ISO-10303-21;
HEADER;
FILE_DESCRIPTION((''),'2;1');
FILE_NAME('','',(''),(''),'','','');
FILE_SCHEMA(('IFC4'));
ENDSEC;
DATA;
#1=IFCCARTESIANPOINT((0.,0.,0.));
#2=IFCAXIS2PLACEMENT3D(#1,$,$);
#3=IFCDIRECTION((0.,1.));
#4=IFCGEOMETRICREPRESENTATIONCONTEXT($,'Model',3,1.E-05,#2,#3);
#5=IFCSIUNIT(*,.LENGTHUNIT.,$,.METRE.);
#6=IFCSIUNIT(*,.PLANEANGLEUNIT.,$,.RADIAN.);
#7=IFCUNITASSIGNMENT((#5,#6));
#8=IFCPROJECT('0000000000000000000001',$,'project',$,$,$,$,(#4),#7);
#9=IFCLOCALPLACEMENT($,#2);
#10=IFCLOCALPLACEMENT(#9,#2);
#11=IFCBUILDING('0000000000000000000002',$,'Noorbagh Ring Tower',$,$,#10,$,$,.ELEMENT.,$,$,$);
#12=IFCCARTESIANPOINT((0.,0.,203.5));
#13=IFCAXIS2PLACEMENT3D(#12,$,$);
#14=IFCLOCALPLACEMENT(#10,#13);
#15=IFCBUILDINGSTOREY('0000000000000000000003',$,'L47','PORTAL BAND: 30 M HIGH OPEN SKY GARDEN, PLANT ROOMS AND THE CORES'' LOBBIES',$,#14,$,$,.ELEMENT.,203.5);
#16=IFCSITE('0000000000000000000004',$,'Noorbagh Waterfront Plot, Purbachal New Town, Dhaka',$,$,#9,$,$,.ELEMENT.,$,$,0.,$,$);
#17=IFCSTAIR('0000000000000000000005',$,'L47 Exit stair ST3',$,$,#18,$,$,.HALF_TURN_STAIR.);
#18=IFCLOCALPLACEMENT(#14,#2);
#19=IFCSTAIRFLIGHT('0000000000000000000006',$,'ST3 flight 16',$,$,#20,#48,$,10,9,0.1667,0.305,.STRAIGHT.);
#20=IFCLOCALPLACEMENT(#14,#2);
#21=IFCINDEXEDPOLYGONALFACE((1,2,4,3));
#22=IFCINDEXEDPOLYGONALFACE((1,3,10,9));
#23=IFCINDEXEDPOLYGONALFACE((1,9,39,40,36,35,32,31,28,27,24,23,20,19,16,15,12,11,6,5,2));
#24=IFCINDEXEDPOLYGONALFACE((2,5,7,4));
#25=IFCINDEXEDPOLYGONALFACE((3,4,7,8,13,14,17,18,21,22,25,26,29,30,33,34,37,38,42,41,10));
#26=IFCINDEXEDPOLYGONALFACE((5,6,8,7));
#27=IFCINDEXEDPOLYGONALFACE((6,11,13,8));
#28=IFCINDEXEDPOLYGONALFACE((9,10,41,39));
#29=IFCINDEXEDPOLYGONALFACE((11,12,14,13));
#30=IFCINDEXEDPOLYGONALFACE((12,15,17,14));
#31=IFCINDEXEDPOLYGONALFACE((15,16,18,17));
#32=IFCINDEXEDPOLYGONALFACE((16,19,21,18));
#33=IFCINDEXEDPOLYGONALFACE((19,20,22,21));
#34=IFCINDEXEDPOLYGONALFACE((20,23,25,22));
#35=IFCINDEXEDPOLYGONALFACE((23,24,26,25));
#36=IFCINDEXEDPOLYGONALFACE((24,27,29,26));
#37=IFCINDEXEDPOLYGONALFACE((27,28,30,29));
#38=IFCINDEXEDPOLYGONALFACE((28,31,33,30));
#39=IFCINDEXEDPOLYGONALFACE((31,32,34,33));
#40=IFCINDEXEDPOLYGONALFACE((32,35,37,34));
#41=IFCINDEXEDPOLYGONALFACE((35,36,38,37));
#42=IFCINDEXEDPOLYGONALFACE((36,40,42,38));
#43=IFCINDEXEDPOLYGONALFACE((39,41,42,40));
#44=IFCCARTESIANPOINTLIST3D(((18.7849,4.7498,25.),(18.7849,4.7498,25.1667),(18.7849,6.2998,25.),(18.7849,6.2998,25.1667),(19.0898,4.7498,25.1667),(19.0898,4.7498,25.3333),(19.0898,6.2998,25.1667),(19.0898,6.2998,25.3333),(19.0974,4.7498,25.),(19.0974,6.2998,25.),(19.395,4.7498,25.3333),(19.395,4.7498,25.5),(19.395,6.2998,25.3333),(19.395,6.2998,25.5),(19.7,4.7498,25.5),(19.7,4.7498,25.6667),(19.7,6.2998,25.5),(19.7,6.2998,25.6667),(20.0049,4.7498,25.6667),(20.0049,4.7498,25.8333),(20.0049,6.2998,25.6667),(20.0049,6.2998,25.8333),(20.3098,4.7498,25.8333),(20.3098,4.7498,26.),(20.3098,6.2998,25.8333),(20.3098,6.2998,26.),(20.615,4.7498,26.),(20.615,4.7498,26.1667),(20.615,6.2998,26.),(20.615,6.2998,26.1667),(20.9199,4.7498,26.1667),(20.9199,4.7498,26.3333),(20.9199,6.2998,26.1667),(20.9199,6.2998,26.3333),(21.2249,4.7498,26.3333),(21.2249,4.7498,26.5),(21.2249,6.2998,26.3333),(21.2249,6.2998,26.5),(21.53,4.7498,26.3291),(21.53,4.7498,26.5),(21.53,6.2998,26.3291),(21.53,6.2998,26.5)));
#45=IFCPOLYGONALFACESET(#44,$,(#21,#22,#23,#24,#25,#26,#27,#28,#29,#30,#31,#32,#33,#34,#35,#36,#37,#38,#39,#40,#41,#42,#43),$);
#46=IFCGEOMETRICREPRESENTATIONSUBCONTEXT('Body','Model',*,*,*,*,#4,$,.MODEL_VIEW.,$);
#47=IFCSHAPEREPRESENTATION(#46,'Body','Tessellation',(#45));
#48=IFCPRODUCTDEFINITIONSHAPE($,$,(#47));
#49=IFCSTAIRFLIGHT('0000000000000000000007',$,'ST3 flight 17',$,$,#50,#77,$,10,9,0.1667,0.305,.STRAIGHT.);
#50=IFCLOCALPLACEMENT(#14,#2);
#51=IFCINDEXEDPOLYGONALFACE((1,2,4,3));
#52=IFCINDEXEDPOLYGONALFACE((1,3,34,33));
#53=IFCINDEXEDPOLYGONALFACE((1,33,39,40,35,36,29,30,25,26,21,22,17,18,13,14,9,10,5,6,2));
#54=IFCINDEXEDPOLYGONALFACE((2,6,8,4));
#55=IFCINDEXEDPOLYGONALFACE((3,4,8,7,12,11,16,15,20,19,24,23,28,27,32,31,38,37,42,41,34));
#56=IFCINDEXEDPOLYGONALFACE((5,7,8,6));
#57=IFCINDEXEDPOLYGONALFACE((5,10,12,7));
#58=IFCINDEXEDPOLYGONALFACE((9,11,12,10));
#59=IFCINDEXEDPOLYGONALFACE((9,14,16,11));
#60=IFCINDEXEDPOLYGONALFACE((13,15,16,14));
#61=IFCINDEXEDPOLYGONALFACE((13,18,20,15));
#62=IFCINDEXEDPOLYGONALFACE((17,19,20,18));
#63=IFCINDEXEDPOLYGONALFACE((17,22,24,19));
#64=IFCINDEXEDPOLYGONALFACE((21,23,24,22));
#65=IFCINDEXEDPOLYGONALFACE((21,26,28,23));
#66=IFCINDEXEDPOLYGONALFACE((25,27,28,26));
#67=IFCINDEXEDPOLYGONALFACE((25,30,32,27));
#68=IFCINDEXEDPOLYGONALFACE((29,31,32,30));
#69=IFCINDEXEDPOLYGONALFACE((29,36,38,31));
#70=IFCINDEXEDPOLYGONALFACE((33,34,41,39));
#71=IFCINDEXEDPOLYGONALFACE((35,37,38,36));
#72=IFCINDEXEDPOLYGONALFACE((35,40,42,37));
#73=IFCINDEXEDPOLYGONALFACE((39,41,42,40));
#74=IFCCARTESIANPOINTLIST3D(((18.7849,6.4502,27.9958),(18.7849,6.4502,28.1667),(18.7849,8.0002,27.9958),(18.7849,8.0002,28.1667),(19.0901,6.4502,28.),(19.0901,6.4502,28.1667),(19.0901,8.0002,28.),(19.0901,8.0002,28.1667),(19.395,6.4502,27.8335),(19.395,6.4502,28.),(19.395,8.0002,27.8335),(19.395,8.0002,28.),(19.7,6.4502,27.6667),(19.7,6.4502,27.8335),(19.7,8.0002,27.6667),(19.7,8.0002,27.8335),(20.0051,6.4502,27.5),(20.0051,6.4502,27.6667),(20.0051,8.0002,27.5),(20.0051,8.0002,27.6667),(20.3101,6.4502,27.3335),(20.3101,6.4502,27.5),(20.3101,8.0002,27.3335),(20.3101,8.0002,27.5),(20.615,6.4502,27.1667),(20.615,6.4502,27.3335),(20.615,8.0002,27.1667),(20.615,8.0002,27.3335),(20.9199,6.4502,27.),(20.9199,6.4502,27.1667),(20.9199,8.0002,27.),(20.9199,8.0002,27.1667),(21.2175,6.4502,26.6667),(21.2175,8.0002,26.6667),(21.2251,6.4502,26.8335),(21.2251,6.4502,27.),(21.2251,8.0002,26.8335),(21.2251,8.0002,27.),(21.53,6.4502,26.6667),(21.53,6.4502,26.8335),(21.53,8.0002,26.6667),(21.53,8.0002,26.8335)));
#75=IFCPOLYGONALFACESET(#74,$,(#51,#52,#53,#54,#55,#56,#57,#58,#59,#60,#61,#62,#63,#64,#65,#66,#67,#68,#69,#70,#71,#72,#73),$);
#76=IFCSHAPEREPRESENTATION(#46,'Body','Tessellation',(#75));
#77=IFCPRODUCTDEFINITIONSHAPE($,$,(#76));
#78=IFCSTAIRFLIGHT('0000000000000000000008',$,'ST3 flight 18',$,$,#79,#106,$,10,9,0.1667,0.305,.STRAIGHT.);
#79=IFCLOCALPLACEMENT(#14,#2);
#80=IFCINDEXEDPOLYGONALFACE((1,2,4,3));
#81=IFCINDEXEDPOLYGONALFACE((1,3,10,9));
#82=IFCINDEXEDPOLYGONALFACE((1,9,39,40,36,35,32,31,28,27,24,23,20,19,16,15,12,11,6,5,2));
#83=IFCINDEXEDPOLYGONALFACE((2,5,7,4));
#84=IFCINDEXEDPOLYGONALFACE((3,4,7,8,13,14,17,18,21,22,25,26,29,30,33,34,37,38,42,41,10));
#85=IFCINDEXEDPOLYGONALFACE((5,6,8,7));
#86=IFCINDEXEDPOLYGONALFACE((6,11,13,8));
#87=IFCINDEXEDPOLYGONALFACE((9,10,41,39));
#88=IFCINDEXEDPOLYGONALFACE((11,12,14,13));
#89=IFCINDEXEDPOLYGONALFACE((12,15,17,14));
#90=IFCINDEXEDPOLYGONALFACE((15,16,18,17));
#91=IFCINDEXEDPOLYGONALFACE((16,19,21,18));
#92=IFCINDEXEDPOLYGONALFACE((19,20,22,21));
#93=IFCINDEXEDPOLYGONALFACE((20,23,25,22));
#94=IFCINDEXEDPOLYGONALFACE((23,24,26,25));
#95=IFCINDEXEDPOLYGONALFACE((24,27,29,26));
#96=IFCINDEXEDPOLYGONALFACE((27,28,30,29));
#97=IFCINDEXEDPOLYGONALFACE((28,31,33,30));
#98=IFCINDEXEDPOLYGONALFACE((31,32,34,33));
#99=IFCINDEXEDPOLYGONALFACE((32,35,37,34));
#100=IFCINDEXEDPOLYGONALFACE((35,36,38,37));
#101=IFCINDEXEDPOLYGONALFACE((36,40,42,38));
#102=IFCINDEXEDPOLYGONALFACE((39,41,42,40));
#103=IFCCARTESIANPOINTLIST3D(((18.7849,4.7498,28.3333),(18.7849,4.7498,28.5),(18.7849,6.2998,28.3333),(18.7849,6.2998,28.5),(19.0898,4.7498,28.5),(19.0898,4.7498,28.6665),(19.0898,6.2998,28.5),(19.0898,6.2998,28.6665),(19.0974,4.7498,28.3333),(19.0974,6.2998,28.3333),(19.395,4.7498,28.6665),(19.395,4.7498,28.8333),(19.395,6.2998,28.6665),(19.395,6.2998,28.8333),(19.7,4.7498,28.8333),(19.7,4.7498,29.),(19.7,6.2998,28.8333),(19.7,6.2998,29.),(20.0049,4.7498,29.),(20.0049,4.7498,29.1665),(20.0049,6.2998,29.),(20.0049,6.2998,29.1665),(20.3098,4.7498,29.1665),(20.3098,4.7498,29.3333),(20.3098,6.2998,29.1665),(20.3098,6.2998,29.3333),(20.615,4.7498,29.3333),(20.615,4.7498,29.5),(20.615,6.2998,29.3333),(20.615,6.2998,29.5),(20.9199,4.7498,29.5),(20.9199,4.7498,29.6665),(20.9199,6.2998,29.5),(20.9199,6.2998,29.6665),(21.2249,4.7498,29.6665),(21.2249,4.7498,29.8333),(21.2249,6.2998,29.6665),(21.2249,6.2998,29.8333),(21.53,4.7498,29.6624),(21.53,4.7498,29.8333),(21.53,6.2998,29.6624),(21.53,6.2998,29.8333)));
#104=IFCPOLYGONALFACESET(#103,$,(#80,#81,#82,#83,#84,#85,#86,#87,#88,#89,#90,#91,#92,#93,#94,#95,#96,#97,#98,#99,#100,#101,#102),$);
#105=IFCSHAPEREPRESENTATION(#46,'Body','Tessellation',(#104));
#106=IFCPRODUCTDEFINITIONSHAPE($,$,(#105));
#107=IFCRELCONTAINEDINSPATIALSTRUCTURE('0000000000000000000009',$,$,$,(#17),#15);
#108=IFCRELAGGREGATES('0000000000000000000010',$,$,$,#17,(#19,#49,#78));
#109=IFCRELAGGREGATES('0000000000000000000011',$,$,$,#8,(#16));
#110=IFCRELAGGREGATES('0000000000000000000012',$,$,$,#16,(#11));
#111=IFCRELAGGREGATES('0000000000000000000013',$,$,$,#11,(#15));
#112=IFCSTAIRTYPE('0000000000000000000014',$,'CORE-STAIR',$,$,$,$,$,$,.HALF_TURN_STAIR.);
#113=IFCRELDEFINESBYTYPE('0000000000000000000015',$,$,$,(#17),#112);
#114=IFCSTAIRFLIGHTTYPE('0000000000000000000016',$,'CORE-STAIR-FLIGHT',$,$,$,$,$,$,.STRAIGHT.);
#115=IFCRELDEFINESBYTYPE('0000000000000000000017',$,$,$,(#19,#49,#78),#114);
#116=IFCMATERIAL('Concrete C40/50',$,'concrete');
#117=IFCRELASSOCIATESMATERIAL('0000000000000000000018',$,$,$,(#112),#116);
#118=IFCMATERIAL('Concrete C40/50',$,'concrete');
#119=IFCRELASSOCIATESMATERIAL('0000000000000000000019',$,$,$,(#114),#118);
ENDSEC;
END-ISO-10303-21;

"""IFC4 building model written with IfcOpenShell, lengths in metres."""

from ifc_helpers import new_model, si_unit, direction, frame, origin, place, context, subcontext, project, spatial, polyline, outline, extrude, material, type_object, element, aggregate, save


model = new_model("IFC4")

# Units and contexts
model_context = context("Model", 3, precision=1e-05, world=origin(), true_north=direction((0.0, 1.0)))
body_context = subcontext(model_context, "Body", "Model", "MODEL_VIEW")
ifc_project = project(units=[si_unit("LENGTHUNIT", "METRE"), si_unit("PLANEANGLEUNIT", "RADIAN")], contexts=[model_context])

# Site, building, storey
site_placement = place(None, origin())
site = spatial("IfcSite", under=ifc_project, at=site_placement, Name="Noorbagh Waterfront Plot, Purbachal New Town, Dhaka", CompositionType="ELEMENT", RefElevation=0.0)
building_placement = place(site_placement, origin())
building = spatial("IfcBuilding", under=site, at=building_placement, Name="Noorbagh Ring Tower", CompositionType="ELEMENT")
storey_placement = place(building_placement, frame((0.0, 0.0, 203.5)))
storey = spatial("IfcBuildingStorey", under=building, at=storey_placement, Name="L47", Description="PORTAL BAND: 30 M HIGH OPEN SKY GARDEN, PLANT ROOMS AND THE CORES' LOBBIES", CompositionType="ELEMENT", Elevation=203.5)

# Stair, stair flights
ifc_material_1 = material(Name="Concrete C40/50", Category="concrete")
stair_type = type_object("IfcStairType", Name="CORE-STAIR", PredefinedType="HALF_TURN_STAIR", material=ifc_material_1)
stair_placement = place(storey_placement, origin())
stair = element("IfcStair", 1, at=stair_placement, inside=storey, type_object=stair_type, Name="L47 Exit stair ST3", PredefinedType="HALF_TURN_STAIR")
ifc_material_2 = material(Name="Concrete C40/50", Category="concrete")
stair_flight_type = type_object("IfcStairFlightType", Name="CORE-STAIR-FLIGHT", PredefinedType="STRAIGHT", material=ifc_material_2)
stair_flight_1_placement = place(storey_placement, frame((18.7849, 5.5249, 25.0), z_axis=(0.0, 0.0, 1.0), x_axis=(1.0, 0.0, 0.0)))
stair_flight_1 = element("IfcStairFlight", 2, at=stair_flight_1_placement, type_object=stair_flight_type, Name="ST3 flight 16", NumberOfRisers=10, NumberOfTreads=9, PredefinedType="STRAIGHT", RiserHeight=0.1667, TreadLength=0.305, context=body_context, shape_type="SweptSolid", body=[
    extrude(outline(polyline([(0.0, 0.0), (0.0, 0.1667), (0.3049, 0.1667), (0.3049, 0.3333), (0.6101, 0.3333), (0.6101, 0.5), (0.915, 0.5), (0.915, 0.6667), (1.22, 0.6667), (1.22, 0.8333), (1.5249, 0.8333), (1.5249, 1.0), (1.8301, 1.0), (1.8301, 1.1667), (2.135, 1.1667), (2.135, 1.3333), (2.4399, 1.3333), (2.4399, 1.5), (2.7451, 1.5), (2.7451, 1.6667), (2.7451, 1.3291), (0.3125, 0.0), (0.0, 0.0)])), frame((0.0, 0.7749, 0.0), z_axis=(0.0, -1.0, 0.0), x_axis=(1.0, 0.0, 0.0)), (0.0, 0.0, 1.0), 1.55),
])
stair_flight_2_placement = place(storey_placement, frame((21.53, 7.2251, 26.6667), z_axis=(0.0, 0.0, 1.0), x_axis=(-1.0, 0.0, 0.0)))
stair_flight_2 = element("IfcStairFlight", 3, at=stair_flight_2_placement, type_object=stair_flight_type, Name="ST3 flight 17", NumberOfRisers=10, NumberOfTreads=9, PredefinedType="STRAIGHT", RiserHeight=0.1667, TreadLength=0.305, context=body_context, shape_type="SweptSolid", body=[
    extrude(outline(polyline([(0.0, 0.0), (0.0, 0.1667), (0.3049, 0.1667), (0.3049, 0.3333), (0.6101, 0.3333), (0.6101, 0.5), (0.915, 0.5), (0.915, 0.6667), (1.22, 0.6667), (1.22, 0.8333), (1.5249, 0.8333), (1.5249, 1.0), (1.8301, 1.0), (1.8301, 1.1667), (2.135, 1.1667), (2.135, 1.3333), (2.4399, 1.3333), (2.4399, 1.5), (2.7451, 1.5), (2.7451, 1.6667), (2.7451, 1.3291), (0.3125, 0.0), (0.0, 0.0)])), frame((0.0, 0.7749, 0.0), z_axis=(0.0, -1.0, 0.0), x_axis=(1.0, 0.0, 0.0)), (0.0, 0.0, 1.0), 1.55),
])
stair_flight_3_placement = place(storey_placement, frame((18.7849, 5.5249, 28.3333), z_axis=(0.0, 0.0, 1.0), x_axis=(1.0, 0.0, 0.0)))
stair_flight_3 = element("IfcStairFlight", 4, at=stair_flight_3_placement, type_object=stair_flight_type, Name="ST3 flight 18", NumberOfRisers=10, NumberOfTreads=9, PredefinedType="STRAIGHT", RiserHeight=0.1667, TreadLength=0.305, context=body_context, shape_type="SweptSolid", body=[
    extrude(outline(polyline([(0.0, 0.0), (0.0, 0.1667), (0.3049, 0.1667), (0.3049, 0.3333), (0.6101, 0.3333), (0.6101, 0.5), (0.915, 0.5), (0.915, 0.6667), (1.22, 0.6667), (1.22, 0.8333), (1.5249, 0.8333), (1.5249, 1.0), (1.8301, 1.0), (1.8301, 1.1667), (2.135, 1.1667), (2.135, 1.3333), (2.4399, 1.3333), (2.4399, 1.5), (2.7451, 1.5), (2.7451, 1.6667), (2.7451, 1.3291), (0.3125, 0.0), (0.0, 0.0)])), frame((0.0, 0.7749, 0.0), z_axis=(0.0, -1.0, 0.0), x_axis=(1.0, 0.0, 0.0)), (0.0, 0.0, 1.0), 1.55),
])
aggregate(stair, [stair_flight_1, stair_flight_2, stair_flight_3])

save(model, "model.ifc")
